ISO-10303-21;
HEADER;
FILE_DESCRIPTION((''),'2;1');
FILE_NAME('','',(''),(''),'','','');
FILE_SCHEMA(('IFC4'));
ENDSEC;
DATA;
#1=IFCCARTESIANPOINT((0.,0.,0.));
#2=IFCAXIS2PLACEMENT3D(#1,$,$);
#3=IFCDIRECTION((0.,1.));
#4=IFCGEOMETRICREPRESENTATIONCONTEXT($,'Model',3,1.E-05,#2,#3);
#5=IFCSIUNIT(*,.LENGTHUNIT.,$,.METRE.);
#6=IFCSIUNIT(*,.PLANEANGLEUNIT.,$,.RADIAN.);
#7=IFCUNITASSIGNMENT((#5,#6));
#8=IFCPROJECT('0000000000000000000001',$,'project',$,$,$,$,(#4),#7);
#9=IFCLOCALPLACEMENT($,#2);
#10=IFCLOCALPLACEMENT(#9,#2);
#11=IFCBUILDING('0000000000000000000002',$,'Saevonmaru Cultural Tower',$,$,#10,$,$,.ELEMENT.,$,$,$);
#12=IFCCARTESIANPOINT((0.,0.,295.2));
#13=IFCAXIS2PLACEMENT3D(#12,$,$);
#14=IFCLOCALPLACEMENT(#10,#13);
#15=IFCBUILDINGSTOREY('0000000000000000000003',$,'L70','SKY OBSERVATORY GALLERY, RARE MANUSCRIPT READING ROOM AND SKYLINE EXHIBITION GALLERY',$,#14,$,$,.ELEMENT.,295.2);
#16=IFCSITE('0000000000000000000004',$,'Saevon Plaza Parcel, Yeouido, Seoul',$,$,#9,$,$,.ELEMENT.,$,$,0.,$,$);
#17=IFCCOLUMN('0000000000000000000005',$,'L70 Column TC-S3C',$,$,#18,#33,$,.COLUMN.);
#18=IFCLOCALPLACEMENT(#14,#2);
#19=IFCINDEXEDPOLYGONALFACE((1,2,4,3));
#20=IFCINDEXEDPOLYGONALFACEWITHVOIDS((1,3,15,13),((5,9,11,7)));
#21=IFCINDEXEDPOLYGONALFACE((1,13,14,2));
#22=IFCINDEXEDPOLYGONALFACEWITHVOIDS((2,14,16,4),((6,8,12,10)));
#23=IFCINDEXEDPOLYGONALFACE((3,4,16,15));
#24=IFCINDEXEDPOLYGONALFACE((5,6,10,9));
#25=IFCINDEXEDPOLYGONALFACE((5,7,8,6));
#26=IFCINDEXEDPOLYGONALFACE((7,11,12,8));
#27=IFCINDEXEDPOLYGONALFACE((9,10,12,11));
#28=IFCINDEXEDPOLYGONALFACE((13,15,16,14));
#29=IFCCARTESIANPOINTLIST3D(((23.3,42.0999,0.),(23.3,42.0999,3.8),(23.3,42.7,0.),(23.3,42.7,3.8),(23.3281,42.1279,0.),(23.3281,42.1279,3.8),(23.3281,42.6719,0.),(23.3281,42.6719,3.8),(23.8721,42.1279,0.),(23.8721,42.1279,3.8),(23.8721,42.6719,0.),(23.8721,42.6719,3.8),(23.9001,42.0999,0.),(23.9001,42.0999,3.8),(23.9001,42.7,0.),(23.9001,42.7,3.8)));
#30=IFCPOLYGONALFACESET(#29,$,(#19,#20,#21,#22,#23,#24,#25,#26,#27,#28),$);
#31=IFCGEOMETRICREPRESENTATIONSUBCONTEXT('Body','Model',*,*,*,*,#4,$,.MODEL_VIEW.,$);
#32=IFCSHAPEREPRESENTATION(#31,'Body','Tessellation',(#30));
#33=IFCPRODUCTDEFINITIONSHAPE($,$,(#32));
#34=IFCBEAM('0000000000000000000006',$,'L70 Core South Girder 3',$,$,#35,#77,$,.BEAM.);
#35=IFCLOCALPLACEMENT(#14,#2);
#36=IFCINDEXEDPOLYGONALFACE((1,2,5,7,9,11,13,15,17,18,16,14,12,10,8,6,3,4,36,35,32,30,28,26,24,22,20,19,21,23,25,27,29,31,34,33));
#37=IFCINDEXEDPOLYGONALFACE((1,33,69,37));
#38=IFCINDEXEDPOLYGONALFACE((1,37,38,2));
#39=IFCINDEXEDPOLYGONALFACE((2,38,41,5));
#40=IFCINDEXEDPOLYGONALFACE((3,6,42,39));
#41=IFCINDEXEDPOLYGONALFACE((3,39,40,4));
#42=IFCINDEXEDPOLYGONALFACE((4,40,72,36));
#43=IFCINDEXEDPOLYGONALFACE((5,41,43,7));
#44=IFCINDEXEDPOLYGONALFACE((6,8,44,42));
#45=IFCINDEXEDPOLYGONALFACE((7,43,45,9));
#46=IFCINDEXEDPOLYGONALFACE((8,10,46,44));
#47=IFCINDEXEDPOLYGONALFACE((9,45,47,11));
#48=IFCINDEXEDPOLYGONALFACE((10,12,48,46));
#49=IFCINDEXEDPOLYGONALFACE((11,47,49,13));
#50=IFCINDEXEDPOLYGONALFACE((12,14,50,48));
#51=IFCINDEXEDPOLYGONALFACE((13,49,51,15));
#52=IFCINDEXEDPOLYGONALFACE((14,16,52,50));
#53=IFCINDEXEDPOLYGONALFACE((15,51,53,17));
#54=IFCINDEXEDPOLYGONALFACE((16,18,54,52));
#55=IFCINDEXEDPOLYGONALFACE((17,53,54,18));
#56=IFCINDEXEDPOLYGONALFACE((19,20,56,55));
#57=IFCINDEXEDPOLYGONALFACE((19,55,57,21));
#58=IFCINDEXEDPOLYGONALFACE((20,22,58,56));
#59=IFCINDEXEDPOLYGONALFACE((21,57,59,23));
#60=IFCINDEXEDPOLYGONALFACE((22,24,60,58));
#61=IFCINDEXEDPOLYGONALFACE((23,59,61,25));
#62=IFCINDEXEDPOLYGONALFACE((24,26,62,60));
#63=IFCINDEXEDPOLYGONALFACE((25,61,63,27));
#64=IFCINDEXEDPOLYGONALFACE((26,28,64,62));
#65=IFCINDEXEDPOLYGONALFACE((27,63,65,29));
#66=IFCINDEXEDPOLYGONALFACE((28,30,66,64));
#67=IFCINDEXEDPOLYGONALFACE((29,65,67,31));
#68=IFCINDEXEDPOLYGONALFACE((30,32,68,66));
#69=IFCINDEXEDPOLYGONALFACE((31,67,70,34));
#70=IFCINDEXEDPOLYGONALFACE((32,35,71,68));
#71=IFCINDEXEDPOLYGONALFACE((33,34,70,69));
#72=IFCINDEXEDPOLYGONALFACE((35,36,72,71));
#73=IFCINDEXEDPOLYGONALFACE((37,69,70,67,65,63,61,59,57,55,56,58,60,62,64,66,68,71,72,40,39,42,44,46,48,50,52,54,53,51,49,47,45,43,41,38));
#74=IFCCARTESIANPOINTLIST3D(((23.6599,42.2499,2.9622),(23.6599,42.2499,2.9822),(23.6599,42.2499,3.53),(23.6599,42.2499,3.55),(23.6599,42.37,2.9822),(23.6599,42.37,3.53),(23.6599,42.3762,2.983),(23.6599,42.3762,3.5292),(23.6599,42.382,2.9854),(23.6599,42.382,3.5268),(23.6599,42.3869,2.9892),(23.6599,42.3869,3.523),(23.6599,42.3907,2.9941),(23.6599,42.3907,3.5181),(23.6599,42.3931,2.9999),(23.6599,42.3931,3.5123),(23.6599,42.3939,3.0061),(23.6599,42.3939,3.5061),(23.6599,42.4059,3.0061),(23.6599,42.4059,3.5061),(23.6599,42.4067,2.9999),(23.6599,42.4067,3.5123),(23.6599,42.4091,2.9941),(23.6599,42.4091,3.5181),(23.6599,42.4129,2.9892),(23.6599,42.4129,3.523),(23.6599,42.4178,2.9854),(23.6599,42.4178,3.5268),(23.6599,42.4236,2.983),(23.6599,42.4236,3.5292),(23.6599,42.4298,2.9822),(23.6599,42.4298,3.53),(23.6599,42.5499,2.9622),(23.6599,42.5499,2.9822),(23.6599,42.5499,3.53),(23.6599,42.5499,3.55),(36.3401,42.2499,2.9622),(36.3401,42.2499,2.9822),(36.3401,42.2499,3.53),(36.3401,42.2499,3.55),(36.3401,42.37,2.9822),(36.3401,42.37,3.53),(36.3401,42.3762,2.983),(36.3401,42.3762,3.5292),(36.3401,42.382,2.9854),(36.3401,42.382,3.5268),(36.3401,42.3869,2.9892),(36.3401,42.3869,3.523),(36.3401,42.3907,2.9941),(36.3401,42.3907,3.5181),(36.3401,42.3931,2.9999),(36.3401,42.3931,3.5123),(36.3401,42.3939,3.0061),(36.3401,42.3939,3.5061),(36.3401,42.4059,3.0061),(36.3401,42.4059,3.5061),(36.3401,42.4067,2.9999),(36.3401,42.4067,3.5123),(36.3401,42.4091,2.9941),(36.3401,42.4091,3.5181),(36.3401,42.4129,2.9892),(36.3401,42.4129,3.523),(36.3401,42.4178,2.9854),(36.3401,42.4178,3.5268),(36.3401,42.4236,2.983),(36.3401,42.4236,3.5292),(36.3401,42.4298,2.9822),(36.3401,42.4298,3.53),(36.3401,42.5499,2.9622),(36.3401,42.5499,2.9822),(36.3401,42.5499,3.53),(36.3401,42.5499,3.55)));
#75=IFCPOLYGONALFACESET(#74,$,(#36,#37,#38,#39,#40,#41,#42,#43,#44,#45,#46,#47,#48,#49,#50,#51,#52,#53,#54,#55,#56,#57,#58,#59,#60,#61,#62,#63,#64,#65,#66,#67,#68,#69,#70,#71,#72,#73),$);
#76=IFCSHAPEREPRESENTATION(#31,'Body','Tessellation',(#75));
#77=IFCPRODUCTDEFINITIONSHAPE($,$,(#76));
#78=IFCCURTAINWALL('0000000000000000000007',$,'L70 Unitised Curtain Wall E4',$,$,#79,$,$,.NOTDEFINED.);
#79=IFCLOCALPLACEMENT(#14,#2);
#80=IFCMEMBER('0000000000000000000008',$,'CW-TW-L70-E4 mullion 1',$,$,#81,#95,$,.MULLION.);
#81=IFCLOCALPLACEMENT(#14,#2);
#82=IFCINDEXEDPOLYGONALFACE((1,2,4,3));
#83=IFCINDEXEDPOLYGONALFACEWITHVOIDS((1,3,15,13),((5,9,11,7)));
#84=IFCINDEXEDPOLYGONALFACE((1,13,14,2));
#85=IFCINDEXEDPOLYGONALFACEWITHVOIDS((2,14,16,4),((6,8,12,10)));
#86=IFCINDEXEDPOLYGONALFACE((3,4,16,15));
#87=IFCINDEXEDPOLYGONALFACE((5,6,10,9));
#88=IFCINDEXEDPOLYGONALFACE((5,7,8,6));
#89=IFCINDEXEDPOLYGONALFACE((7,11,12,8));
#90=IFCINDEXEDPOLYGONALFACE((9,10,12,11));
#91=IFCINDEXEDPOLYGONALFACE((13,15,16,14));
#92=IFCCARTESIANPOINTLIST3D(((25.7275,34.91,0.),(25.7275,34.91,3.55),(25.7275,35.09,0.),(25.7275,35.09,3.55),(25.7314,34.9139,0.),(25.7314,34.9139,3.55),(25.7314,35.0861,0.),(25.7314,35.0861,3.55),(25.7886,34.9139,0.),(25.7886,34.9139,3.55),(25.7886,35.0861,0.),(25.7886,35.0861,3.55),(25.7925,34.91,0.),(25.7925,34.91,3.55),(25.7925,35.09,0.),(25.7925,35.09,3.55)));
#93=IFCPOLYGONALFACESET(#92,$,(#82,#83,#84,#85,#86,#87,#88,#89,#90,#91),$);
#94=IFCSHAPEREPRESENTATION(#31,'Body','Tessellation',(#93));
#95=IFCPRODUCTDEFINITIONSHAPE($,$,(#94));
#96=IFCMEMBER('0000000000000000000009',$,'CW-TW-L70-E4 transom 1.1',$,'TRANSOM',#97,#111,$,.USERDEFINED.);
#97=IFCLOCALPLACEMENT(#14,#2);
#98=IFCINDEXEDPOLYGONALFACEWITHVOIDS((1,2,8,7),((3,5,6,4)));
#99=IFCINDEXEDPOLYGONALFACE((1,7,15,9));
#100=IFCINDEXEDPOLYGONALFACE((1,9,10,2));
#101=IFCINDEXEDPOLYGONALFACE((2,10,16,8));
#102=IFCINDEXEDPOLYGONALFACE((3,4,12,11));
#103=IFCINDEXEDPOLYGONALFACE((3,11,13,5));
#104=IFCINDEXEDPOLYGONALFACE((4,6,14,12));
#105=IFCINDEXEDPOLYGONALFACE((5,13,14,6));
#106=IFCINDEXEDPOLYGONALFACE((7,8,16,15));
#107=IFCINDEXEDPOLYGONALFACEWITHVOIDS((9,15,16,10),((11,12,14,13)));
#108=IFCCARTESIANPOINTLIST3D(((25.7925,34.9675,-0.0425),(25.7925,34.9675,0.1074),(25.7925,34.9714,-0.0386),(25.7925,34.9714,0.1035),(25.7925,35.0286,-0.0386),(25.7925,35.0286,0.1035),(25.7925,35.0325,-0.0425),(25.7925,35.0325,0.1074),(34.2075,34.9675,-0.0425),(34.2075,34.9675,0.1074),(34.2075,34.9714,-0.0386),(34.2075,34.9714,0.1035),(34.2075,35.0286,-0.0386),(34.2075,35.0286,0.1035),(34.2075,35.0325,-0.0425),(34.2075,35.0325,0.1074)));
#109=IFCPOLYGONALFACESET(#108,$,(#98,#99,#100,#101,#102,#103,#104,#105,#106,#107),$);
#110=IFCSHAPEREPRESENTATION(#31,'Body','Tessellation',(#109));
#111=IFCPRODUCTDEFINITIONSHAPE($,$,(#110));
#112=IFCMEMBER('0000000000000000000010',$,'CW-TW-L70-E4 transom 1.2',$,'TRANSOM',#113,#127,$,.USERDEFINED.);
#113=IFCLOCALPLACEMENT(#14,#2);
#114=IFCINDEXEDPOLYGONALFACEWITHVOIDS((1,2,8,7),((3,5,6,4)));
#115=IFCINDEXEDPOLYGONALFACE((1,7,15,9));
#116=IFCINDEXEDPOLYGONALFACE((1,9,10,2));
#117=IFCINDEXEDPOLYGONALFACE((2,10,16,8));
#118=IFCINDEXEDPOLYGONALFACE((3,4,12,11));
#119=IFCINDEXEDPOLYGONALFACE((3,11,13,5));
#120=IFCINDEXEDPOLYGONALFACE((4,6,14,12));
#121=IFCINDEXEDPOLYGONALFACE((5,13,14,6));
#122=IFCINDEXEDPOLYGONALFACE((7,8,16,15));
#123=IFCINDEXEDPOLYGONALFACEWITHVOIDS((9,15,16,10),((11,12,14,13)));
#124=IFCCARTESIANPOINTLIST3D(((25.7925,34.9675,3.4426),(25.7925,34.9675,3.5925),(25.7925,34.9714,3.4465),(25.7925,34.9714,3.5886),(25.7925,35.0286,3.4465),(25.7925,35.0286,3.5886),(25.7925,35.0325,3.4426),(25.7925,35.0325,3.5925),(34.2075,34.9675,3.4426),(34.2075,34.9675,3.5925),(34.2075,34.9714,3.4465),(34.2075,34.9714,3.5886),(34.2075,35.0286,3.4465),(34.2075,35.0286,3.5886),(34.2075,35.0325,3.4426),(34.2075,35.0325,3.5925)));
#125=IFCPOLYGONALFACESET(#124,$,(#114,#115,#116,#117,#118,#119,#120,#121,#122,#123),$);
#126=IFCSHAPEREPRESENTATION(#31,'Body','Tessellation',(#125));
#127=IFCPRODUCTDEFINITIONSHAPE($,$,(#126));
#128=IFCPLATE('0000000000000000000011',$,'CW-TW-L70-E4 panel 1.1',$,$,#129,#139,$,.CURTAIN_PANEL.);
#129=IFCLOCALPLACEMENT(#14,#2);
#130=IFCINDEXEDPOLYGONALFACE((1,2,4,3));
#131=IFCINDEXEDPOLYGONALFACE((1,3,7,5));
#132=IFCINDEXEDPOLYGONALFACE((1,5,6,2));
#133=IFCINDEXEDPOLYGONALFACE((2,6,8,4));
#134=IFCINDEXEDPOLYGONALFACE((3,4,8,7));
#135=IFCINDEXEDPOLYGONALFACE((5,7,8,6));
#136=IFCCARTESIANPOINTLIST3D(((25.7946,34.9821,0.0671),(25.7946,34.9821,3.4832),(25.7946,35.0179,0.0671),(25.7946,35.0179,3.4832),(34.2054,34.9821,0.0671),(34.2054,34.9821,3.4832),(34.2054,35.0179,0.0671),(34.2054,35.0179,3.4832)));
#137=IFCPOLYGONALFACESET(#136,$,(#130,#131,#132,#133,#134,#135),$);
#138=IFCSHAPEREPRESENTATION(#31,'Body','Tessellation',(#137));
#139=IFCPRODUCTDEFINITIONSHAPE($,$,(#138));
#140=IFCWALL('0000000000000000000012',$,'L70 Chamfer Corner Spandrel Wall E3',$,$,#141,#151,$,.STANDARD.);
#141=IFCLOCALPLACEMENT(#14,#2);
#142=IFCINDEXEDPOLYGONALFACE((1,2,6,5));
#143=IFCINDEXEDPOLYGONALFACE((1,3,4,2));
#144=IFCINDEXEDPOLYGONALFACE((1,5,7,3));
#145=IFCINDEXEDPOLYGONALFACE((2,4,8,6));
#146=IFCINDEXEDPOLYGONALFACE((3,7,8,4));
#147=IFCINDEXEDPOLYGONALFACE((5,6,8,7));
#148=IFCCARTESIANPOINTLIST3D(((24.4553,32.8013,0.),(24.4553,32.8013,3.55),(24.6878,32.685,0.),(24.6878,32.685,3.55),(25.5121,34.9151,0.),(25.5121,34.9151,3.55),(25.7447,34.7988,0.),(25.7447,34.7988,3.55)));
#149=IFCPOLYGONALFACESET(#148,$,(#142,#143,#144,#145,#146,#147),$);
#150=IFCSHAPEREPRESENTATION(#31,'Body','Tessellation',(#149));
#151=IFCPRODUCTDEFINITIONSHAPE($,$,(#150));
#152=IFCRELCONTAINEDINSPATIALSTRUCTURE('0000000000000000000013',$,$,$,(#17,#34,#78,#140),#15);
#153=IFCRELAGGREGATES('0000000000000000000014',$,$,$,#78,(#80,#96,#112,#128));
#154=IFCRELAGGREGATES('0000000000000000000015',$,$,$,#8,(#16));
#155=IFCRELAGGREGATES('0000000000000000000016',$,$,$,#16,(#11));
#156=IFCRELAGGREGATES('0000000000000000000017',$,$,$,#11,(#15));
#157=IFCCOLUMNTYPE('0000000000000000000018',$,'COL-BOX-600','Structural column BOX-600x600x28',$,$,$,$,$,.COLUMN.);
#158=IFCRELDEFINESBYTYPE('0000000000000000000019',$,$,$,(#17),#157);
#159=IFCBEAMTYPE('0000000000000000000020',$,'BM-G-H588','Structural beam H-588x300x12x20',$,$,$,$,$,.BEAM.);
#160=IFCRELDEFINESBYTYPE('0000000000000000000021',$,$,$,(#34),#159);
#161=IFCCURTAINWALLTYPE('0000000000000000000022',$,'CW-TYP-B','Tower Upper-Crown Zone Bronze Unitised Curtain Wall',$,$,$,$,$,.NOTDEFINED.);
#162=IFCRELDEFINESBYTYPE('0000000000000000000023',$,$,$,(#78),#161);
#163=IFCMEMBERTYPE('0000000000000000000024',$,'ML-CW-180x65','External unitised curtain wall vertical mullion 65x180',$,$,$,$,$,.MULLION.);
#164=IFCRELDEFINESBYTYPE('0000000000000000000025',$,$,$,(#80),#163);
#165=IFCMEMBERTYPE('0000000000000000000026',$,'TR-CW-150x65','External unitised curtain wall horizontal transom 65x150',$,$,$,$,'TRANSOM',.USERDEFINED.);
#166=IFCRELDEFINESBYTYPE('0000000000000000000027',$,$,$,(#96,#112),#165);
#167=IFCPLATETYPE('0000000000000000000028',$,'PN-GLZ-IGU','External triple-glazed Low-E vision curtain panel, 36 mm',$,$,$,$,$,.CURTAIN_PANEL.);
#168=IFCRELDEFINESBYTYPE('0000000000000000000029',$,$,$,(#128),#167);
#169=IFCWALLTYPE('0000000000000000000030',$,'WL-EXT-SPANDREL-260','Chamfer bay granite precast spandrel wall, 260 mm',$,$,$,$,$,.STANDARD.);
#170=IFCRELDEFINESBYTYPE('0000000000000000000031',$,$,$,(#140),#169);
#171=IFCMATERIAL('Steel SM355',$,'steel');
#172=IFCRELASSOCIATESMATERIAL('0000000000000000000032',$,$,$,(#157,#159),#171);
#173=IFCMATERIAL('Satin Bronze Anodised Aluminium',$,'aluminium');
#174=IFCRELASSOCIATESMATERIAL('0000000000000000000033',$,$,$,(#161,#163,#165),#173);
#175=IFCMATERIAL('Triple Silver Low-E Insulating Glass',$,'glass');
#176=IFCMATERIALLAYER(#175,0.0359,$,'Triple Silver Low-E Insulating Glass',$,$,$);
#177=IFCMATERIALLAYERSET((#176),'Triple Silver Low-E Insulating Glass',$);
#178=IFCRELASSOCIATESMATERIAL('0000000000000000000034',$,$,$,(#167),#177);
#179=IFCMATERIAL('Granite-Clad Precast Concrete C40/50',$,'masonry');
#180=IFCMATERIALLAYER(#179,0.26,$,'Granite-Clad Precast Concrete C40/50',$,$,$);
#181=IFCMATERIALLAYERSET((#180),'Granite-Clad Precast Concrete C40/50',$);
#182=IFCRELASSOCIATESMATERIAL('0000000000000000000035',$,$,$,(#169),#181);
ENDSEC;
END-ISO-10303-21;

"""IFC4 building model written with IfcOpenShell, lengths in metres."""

from ifc_helpers import new_model, si_unit, direction, frame, frame_2d, origin, origin_2d, place, context, subcontext, project, spatial, rectangle, hollow_rectangle, i_section, extrude, material, layer, layer_set, material_profile, profile_set, type_object, element, aggregate, save


model = new_model("IFC4")

# Units and contexts
model_context = context("Model", 3, precision=1e-05, world=origin(), true_north=direction((0.0, 1.0)))
body_context = subcontext(model_context, "Body", "Model", "MODEL_VIEW")
ifc_project = project(units=[si_unit("LENGTHUNIT", "METRE"), si_unit("PLANEANGLEUNIT", "RADIAN")], contexts=[model_context])

# Site, building, storey
site_placement = place(None, origin())
site = spatial("IfcSite", under=ifc_project, at=site_placement, Name="Saevon Plaza Parcel, Yeouido, Seoul", CompositionType="ELEMENT", RefElevation=0.0)
building_placement = place(site_placement, origin())
building = spatial("IfcBuilding", under=site, at=building_placement, Name="Saevonmaru Cultural Tower", CompositionType="ELEMENT")
storey_placement = place(building_placement, frame((0.0, 0.0, 295.2)))
storey = spatial("IfcBuildingStorey", under=building, at=storey_placement, Name="L70", Description="SKY OBSERVATORY GALLERY, RARE MANUSCRIPT READING ROOM AND SKYLINE EXHIBITION GALLERY", CompositionType="ELEMENT", Elevation=295.2)

# Column
ifc_material_1 = material(Name="Steel SM355", Category="steel")
ifc_material_profile_1 = material_profile(ifc_material_1, hollow_rectangle(XDim=0.6001, YDim=0.6001, WallThickness=0.0281, at=origin_2d()), Name="BOX-600x600x28")
ifc_profile_set_1 = profile_set([ifc_material_profile_1], Name="Steel SM355")
column_type = type_object("IfcColumnType", Name="COL-BOX-600", Description="Structural column BOX-600x600x28", PredefinedType="COLUMN", material=ifc_profile_set_1)
column_placement = place(storey_placement, frame((23.6001, 42.3999, 0.0), z_axis=(0.0, 0.0, 1.0), x_axis=(1.0, 0.0, 0.0)))
element("IfcColumn", 1, at=column_placement, inside=storey, type_object=column_type, Name="L70 Column TC-S3C", PredefinedType="COLUMN", context=body_context, shape_type="SweptSolid", body=[
    extrude(hollow_rectangle(XDim=0.6001, YDim=0.6001, WallThickness=0.0281, at=origin_2d()), origin(), (0.0, 0.0, 1.0), 3.8),
])

# Beam
ifc_material_profile_2 = material_profile(ifc_material_1, i_section(OverallWidth=0.3, OverallDepth=0.5879, WebThickness=0.012, FlangeThickness=0.02, FilletRadius=0.0239, at=origin_2d()), Name="H-588x300x12x20")
ifc_profile_set_2 = profile_set([ifc_material_profile_2], Name="Steel SM355")
beam_type = type_object("IfcBeamType", Name="BM-G-H588", Description="Structural beam H-588x300x12x20", PredefinedType="BEAM", material=ifc_profile_set_2)
beam_placement = place(storey_placement, frame((23.6599, 42.3999, 3.2561), z_axis=(1.0, 0.0, 0.0), x_axis=(0.0, 1.0, 0.0)))
element("IfcBeam", 2, at=beam_placement, inside=storey, type_object=beam_type, Name="L70 Core South Girder 3", PredefinedType="BEAM", context=body_context, shape_type="SweptSolid", body=[
    extrude(i_section(OverallWidth=0.3, OverallDepth=0.5879, WebThickness=0.012, FlangeThickness=0.02, FilletRadius=0.0239, at=origin_2d()), origin(), (0.0, 0.0, 1.0), 12.6802),
])

# Curtain wall, members, plate
ifc_material_2 = material(Name="Satin Bronze Anodised Aluminium", Category="aluminium")
curtain_wall_type = type_object("IfcCurtainWallType", Name="CW-TYP-B", Description="Tower Upper-Crown Zone Bronze Unitised Curtain Wall", PredefinedType="NOTDEFINED", material=ifc_material_2)
curtain_wall_placement = place(storey_placement, origin())
curtain_wall = element("IfcCurtainWall", 3, at=curtain_wall_placement, inside=storey, type_object=curtain_wall_type, Name="L70 Unitised Curtain Wall E4", PredefinedType="NOTDEFINED")
ifc_material_profile_3 = material_profile(ifc_material_2, hollow_rectangle(XDim=0.0649, YDim=0.1799, WallThickness=0.0039, at=origin_2d()), Name="ALU-MULL-180x65x4")
ifc_profile_set_3 = profile_set([ifc_material_profile_3], Name="Satin Bronze Anodised Aluminium")
member_type_1 = type_object("IfcMemberType", Name="ML-CW-180x65", Description="External unitised curtain wall vertical mullion 65x180", PredefinedType="MULLION", material=ifc_profile_set_3)
member_1_placement = place(storey_placement, frame((25.76, 35.0, 0.0), z_axis=(0.0, 0.0, 1.0), x_axis=(1.0, 0.0, 0.0)))
member_1 = element("IfcMember", 4, at=member_1_placement, type_object=member_type_1, Name="CW-TW-L70-E4 mullion 1", PredefinedType="MULLION", context=body_context, shape_type="SweptSolid", body=[
    extrude(hollow_rectangle(XDim=0.0649, YDim=0.1799, WallThickness=0.0039, at=origin_2d()), origin(), (0.0, 0.0, 1.0), 3.55),
])
ifc_material_profile_4 = material_profile(ifc_material_2, hollow_rectangle(XDim=0.0649, YDim=0.1499, WallThickness=0.0039, at=origin_2d()), Name="ALU-TRAN-150x65x4")
ifc_profile_set_4 = profile_set([ifc_material_profile_4], Name="Satin Bronze Anodised Aluminium")
member_type_2 = type_object("IfcMemberType", Name="TR-CW-150x65", Description="External unitised curtain wall horizontal transom 65x150", ElementType="TRANSOM", PredefinedType="USERDEFINED", material=ifc_profile_set_4)
member_2_placement = place(storey_placement, frame((25.7925, 35.0, 0.0325), z_axis=(1.0, 0.0, 0.0), x_axis=(0.0, 1.0, 0.0)))
member_2 = element("IfcMember", 5, at=member_2_placement, type_object=member_type_2, Name="CW-TW-L70-E4 transom 1.1", ObjectType="TRANSOM", PredefinedType="USERDEFINED", context=body_context, shape_type="SweptSolid", body=[
    extrude(hollow_rectangle(XDim=0.0649, YDim=0.1499, WallThickness=0.0039, at=origin_2d()), origin(), (0.0, 0.0, 1.0), 8.415),
])
member_3_placement = place(storey_placement, frame((25.7925, 35.0, 3.5176), z_axis=(1.0, 0.0, 0.0), x_axis=(0.0, 1.0, 0.0)))
member_3 = element("IfcMember", 6, at=member_3_placement, type_object=member_type_2, Name="CW-TW-L70-E4 transom 1.2", ObjectType="TRANSOM", PredefinedType="USERDEFINED", context=body_context, shape_type="SweptSolid", body=[
    extrude(hollow_rectangle(XDim=0.0649, YDim=0.1499, WallThickness=0.0039, at=origin_2d()), origin(), (0.0, 0.0, 1.0), 8.415),
])
ifc_material_3 = material(Name="Triple Silver Low-E Insulating Glass", Category="glass")
ifc_layer_1 = layer(ifc_material_3, 0.0359, Name="Triple Silver Low-E Insulating Glass")
ifc_layer_set_1 = layer_set([ifc_layer_1], Name="Triple Silver Low-E Insulating Glass")
plate_type = type_object("IfcPlateType", Name="PN-GLZ-IGU", Description="External triple-glazed Low-E vision curtain panel, 36 mm", PredefinedType="CURTAIN_PANEL", material=ifc_layer_set_1)
plate_placement = place(storey_placement, frame((30.0, 35.0, 0.0671), z_axis=(0.0, 0.0, 1.0), x_axis=(1.0, 0.0, 0.0)))
plate = element("IfcPlate", 7, at=plate_placement, type_object=plate_type, Name="CW-TW-L70-E4 panel 1.1", PredefinedType="CURTAIN_PANEL", context=body_context, shape_type="SweptSolid", body=[
    extrude(rectangle(XDim=8.4109, YDim=0.0359, at=origin_2d()), origin(), (0.0, 0.0, 1.0), 3.416),
])
aggregate(curtain_wall, [member_1, member_2, member_3, plate])

# Wall
ifc_material_4 = material(Name="Granite-Clad Precast Concrete C40/50", Category="masonry")
ifc_layer_2 = layer(ifc_material_4, 0.26, Name="Granite-Clad Precast Concrete C40/50")
ifc_layer_set_2 = layer_set([ifc_layer_2], Name="Granite-Clad Precast Concrete C40/50")
wall_type_1 = type_object("IfcWallType", Name="WL-EXT-SPANDREL-260", Description="Chamfer bay granite precast spandrel wall, 260 mm", PredefinedType="STANDARD", material=ifc_layer_set_2)
wall_1_placement = place(storey_placement, frame((24.5715, 32.7432, 0.0), z_axis=(0.0, 0.0, 1.0), x_axis=(0.447214, 0.894427, 0.0)))
element("IfcWall", 8, at=wall_1_placement, inside=storey, type_object=wall_type_1, Name="L70 Chamfer Corner Spandrel Wall E3", PredefinedType="STANDARD", context=body_context, shape_type="SweptSolid", body=[
    extrude(rectangle(XDim=2.3633, YDim=0.26, at=frame_2d((1.1816, 0.0))), origin(), (0.0, 0.0, 1.0), 3.55),
])

save(model, "model.ifc")
